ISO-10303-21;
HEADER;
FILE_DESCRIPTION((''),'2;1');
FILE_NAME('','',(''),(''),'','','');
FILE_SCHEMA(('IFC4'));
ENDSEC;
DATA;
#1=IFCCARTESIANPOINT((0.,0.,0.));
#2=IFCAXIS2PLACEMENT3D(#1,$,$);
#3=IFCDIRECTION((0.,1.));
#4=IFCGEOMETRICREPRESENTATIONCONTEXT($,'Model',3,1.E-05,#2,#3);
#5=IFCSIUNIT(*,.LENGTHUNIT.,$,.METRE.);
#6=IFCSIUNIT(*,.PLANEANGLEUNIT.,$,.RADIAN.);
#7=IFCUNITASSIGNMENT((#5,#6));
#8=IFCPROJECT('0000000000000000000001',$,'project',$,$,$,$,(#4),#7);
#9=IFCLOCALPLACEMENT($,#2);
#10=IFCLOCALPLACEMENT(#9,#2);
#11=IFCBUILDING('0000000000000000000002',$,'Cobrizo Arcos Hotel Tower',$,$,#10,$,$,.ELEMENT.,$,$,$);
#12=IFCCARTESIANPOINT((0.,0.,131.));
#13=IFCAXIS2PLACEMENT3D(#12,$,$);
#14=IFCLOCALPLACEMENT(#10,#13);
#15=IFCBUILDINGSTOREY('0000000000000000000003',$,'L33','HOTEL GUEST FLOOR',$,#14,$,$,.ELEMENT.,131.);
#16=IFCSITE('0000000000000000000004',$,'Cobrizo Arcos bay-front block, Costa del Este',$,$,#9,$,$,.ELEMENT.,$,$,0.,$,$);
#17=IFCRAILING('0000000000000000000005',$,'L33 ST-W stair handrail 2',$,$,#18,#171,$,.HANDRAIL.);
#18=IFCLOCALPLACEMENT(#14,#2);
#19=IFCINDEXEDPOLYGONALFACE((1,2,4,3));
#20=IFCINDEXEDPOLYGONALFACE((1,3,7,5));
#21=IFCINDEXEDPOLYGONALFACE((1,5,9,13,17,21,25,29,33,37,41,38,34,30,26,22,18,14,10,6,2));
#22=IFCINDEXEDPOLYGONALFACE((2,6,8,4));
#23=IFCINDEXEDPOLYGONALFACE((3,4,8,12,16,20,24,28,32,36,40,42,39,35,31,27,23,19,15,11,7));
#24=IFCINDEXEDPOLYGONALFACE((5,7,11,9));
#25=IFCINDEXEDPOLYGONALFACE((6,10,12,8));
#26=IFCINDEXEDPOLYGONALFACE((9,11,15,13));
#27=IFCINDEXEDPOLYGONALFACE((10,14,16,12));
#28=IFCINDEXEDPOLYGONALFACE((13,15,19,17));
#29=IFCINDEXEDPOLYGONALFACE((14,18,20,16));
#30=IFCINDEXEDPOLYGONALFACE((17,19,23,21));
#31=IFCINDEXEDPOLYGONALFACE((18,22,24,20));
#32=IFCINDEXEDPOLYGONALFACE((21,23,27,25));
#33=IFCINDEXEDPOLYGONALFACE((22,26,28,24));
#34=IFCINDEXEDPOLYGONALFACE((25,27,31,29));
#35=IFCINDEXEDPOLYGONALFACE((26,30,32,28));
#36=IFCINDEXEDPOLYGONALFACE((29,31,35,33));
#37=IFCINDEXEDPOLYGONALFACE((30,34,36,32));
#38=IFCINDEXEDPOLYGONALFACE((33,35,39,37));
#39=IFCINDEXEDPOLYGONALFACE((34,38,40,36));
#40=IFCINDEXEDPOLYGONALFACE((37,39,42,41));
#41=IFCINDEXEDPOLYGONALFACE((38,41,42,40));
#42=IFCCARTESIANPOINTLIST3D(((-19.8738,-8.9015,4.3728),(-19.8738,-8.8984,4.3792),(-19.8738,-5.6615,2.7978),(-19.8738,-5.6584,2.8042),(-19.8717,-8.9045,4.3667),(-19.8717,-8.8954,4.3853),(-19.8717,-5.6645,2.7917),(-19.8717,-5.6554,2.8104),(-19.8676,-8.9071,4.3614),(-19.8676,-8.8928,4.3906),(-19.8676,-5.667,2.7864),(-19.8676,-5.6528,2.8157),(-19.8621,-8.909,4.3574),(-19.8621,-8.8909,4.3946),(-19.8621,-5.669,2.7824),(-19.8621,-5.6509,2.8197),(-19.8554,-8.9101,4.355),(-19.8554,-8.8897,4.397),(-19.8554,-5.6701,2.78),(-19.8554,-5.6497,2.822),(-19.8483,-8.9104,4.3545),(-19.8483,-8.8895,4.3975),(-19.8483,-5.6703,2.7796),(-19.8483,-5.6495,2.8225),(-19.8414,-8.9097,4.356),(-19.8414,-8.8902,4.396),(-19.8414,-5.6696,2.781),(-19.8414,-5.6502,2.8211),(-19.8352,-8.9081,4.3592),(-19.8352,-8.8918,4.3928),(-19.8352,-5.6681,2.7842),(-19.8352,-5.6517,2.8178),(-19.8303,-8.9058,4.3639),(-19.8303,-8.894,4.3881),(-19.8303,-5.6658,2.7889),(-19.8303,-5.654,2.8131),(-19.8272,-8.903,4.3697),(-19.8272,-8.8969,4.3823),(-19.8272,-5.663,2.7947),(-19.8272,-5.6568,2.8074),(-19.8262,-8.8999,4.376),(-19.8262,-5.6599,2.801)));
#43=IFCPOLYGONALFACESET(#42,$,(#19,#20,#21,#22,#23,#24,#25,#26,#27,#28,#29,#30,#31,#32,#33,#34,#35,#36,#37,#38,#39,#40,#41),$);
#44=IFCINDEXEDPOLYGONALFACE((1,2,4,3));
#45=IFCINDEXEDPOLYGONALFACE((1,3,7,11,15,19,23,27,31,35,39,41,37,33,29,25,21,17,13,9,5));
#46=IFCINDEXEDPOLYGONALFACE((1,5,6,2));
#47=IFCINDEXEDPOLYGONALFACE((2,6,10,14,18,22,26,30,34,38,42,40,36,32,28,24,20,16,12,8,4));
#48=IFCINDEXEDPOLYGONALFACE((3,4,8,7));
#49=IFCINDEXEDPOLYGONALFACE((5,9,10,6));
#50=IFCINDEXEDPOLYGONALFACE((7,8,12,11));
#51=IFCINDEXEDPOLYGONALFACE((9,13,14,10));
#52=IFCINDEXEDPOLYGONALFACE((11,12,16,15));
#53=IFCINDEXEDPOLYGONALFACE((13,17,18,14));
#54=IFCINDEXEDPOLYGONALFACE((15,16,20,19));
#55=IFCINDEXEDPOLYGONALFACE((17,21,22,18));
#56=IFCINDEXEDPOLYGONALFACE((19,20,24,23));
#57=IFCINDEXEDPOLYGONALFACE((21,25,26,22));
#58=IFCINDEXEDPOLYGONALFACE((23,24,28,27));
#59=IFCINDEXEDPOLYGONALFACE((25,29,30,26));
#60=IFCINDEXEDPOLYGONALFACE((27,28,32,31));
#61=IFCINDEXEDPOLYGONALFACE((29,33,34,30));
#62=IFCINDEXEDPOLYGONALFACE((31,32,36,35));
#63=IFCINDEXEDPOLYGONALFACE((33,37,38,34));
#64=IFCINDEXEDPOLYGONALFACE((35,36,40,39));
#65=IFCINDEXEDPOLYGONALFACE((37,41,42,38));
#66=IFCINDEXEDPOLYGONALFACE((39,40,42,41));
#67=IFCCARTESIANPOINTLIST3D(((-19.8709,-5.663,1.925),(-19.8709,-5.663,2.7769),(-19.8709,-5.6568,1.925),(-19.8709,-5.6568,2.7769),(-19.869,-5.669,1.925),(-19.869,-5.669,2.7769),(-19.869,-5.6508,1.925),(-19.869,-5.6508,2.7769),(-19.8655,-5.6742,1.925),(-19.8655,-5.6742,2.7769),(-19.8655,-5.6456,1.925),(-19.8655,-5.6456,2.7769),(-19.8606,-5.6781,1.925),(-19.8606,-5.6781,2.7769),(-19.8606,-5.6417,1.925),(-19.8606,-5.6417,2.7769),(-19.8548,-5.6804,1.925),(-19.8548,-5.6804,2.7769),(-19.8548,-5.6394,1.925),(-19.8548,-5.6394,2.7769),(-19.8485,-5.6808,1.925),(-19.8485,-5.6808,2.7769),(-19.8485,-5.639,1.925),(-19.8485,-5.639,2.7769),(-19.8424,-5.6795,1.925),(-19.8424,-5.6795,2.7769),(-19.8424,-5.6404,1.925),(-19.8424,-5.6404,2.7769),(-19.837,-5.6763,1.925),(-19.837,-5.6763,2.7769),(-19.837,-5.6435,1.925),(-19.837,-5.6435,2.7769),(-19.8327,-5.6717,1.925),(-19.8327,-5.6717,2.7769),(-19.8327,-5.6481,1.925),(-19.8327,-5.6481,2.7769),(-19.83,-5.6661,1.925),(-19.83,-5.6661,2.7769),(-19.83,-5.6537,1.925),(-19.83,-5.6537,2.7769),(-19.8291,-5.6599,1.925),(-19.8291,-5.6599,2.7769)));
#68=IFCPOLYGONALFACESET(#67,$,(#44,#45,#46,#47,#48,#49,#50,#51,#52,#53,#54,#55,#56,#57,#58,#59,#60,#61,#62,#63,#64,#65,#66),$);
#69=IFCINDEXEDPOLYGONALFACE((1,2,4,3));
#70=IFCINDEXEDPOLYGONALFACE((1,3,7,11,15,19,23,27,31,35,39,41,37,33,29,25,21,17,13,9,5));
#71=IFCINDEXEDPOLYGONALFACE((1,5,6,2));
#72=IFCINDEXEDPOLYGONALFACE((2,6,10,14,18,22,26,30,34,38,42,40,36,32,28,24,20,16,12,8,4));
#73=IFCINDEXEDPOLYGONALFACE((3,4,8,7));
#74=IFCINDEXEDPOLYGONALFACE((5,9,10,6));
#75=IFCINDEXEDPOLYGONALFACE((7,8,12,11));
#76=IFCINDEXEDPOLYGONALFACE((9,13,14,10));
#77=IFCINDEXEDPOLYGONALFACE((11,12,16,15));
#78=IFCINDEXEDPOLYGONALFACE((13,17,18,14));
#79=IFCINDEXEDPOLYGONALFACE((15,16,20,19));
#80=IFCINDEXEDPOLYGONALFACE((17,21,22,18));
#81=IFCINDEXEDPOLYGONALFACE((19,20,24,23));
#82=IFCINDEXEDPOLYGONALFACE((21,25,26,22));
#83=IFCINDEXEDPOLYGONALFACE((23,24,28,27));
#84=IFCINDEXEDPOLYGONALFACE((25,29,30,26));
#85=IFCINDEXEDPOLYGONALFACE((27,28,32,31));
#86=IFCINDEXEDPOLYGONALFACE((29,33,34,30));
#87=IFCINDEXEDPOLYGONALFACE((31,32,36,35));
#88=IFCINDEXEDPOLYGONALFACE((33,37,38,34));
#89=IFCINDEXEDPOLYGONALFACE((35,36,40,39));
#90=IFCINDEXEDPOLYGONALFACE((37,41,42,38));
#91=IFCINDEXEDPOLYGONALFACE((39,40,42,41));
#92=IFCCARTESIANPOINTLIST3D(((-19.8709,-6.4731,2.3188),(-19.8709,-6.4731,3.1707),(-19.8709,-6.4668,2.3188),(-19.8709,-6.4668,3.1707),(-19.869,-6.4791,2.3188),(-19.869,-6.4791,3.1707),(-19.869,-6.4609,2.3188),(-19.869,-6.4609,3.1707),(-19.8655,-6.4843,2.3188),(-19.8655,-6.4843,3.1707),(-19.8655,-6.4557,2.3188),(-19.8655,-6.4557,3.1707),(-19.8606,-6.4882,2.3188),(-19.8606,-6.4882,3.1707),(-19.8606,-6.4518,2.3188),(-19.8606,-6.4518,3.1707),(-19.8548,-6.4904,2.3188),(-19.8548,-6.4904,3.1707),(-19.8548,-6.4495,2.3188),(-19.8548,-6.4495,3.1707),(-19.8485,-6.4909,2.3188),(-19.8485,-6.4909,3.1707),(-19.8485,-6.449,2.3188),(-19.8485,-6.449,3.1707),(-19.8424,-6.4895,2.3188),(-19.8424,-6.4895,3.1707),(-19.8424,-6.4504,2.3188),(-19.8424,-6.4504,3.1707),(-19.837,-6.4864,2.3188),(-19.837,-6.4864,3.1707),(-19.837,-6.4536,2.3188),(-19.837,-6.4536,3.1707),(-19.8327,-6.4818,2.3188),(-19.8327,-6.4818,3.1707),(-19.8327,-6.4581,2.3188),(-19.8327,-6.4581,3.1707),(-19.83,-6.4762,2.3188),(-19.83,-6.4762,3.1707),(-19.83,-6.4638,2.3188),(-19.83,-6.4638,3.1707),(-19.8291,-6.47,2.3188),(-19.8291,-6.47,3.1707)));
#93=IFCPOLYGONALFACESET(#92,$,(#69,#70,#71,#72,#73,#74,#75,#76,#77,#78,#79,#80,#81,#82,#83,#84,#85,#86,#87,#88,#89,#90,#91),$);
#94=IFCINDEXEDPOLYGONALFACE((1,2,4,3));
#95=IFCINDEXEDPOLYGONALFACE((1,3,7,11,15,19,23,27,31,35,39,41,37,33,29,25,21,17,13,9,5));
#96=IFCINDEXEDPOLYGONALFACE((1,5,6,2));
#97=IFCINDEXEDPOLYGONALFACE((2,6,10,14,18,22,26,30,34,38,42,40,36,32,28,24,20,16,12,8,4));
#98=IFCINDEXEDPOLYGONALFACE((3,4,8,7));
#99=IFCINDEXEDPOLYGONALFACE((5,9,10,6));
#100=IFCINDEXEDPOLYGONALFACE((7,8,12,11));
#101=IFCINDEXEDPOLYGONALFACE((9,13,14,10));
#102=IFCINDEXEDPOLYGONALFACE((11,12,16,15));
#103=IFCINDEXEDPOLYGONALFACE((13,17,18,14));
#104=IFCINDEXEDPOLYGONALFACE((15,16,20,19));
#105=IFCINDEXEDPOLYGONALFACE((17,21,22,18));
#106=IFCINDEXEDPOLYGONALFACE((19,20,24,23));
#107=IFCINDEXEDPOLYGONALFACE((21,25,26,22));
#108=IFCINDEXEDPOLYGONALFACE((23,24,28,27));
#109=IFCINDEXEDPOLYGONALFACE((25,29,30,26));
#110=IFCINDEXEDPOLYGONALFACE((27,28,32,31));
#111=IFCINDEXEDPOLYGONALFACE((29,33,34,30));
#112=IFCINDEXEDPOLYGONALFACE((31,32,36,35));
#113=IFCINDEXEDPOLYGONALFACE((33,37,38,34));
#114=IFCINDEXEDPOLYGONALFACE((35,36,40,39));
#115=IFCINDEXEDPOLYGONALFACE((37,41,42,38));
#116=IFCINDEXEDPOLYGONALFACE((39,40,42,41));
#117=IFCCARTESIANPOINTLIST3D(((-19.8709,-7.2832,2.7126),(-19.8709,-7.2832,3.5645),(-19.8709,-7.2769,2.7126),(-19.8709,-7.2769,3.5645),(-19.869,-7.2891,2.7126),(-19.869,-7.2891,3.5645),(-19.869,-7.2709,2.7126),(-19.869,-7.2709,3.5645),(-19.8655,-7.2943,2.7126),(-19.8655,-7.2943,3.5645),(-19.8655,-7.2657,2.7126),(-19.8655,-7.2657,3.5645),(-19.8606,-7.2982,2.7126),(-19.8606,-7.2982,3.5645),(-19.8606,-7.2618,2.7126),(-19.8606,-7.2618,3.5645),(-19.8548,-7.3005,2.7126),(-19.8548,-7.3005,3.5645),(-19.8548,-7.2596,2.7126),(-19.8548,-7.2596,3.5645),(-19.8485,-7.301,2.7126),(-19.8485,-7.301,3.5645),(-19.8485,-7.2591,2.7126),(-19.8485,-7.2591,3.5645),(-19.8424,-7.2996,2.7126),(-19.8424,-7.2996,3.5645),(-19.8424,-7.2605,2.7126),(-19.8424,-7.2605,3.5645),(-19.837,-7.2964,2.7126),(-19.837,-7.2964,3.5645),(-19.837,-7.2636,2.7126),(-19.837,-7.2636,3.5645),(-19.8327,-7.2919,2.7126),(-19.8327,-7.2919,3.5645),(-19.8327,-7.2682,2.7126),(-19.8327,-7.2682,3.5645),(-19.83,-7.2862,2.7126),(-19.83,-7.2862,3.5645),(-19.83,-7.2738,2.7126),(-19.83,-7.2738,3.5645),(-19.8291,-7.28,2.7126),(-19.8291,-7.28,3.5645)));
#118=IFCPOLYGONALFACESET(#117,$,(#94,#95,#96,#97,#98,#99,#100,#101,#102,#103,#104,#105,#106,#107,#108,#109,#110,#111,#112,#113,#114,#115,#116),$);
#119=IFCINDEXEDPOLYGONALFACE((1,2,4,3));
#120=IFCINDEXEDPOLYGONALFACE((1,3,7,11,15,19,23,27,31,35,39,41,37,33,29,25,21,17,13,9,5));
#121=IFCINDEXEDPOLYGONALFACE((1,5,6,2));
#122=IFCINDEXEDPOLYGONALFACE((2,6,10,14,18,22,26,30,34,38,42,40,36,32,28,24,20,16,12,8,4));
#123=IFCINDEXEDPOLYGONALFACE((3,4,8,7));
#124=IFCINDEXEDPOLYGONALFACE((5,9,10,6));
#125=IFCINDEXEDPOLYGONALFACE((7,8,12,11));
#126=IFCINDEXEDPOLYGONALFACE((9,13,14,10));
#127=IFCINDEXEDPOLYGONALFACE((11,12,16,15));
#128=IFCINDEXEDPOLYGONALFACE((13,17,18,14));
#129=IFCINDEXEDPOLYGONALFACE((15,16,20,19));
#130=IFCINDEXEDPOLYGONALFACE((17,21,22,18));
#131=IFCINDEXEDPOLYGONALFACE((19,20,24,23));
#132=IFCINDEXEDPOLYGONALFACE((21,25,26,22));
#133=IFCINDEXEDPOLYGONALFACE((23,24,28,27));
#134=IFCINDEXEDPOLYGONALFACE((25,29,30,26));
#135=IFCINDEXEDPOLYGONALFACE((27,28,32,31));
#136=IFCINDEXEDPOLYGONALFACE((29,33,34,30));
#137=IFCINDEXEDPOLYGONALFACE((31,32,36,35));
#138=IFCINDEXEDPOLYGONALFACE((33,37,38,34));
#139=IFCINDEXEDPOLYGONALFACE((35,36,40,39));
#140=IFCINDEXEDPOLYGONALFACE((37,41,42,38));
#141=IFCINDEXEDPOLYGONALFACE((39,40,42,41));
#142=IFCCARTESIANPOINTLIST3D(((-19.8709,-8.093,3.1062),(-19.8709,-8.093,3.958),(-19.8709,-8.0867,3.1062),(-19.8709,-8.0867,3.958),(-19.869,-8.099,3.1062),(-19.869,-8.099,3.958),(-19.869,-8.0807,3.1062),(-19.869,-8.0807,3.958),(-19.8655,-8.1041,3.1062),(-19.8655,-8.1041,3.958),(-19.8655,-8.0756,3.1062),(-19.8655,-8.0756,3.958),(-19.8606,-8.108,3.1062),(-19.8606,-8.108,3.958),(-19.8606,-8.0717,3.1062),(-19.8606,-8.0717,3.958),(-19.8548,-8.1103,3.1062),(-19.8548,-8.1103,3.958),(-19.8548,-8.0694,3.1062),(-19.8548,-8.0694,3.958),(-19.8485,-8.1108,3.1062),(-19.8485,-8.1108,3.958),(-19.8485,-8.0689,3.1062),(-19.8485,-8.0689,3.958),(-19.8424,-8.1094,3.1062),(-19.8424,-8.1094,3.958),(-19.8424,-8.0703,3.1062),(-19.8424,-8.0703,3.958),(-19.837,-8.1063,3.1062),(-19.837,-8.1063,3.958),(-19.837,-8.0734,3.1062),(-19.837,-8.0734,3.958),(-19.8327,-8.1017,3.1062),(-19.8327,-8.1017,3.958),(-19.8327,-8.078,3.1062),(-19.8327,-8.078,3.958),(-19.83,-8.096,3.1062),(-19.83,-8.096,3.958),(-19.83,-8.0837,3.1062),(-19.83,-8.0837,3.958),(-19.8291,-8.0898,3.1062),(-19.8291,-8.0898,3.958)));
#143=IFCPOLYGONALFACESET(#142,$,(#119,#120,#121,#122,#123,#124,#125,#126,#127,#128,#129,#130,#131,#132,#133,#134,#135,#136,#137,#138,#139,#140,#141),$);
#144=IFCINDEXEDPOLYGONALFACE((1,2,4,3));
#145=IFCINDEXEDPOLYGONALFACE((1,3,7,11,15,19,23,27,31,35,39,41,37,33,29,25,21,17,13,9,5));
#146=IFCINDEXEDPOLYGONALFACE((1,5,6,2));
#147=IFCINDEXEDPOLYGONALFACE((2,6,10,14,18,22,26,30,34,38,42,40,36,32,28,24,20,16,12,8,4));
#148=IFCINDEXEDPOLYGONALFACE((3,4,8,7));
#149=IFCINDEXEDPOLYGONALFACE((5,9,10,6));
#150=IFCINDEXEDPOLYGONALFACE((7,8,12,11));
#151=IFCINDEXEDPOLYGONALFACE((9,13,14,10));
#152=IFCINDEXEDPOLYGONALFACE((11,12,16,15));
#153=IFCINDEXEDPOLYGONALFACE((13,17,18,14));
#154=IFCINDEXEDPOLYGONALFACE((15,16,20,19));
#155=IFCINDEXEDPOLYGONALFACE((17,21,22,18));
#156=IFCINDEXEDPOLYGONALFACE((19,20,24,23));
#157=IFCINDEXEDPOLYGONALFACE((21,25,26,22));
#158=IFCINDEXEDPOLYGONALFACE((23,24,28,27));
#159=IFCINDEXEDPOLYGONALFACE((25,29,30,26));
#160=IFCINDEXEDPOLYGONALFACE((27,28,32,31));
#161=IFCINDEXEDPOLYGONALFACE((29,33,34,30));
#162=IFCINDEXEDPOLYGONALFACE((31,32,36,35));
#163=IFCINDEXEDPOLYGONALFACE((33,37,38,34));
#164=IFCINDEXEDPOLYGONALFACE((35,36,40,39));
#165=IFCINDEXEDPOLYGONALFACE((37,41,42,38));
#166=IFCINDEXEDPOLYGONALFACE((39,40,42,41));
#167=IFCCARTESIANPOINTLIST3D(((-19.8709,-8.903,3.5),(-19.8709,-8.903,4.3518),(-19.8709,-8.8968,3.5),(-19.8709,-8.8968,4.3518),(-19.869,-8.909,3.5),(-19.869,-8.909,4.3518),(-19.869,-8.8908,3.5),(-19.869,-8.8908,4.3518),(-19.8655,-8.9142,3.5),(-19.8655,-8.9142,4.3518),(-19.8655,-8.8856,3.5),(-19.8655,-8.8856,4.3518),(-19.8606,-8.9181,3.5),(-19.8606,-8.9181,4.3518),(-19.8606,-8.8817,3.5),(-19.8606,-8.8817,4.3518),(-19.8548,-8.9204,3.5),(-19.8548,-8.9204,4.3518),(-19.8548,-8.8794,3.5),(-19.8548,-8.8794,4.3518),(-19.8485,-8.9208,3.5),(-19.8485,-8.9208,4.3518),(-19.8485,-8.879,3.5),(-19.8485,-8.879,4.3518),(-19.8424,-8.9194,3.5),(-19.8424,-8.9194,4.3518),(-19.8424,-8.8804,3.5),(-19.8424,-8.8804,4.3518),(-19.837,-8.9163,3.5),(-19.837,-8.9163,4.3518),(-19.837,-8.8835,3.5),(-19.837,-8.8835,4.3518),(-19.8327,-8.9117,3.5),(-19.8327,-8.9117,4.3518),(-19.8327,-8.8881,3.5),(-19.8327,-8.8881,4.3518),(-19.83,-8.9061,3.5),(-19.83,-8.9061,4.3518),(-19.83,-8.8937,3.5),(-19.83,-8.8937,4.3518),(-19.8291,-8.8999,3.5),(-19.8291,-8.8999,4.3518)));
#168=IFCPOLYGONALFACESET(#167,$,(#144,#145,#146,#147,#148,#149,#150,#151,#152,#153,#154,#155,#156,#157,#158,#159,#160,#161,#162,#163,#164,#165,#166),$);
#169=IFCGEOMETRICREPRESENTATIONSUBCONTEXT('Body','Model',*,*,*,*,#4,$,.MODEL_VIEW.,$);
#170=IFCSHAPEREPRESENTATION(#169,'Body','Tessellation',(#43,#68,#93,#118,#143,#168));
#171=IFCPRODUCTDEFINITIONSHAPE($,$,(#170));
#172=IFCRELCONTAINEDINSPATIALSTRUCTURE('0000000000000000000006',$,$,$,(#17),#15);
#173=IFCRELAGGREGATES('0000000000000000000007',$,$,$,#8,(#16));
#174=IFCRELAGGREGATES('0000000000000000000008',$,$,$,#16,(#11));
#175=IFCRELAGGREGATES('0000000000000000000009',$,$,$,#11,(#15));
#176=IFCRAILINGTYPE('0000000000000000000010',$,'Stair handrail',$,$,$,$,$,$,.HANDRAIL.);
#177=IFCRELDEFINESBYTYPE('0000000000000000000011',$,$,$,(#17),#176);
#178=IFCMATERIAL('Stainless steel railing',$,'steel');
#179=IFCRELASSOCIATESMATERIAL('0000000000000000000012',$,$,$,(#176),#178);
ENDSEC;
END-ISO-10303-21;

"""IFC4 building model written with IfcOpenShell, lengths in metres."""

from ifc_helpers import new_model, si_unit, direction, frame, origin, origin_2d, place, context, subcontext, project, spatial, circle, extrude, material, type_object, element, save


model = new_model("IFC4")

# Units and contexts
model_context = context("Model", 3, precision=1e-05, world=origin(), true_north=direction((0.0, 1.0)))
body_context = subcontext(model_context, "Body", "Model", "MODEL_VIEW")
ifc_project = project(units=[si_unit("LENGTHUNIT", "METRE"), si_unit("PLANEANGLEUNIT", "RADIAN")], contexts=[model_context])

# Site, building, storey
site_placement = place(None, origin())
site = spatial("IfcSite", under=ifc_project, at=site_placement, Name="Cobrizo Arcos bay-front block, Costa del Este", CompositionType="ELEMENT", RefElevation=0.0)
building_placement = place(site_placement, origin())
building = spatial("IfcBuilding", under=site, at=building_placement, Name="Cobrizo Arcos Hotel Tower", CompositionType="ELEMENT")
storey_placement = place(building_placement, frame((0.0, 0.0, 131.0)))
storey = spatial("IfcBuildingStorey", under=building, at=storey_placement, Name="L33", Description="HOTEL GUEST FLOOR", CompositionType="ELEMENT", Elevation=131.0)

# Railing
ifc_material_1 = material(Name="Stainless steel railing", Category="steel")
railing_type_1 = type_object("IfcRailingType", Name="Stair handrail", PredefinedType="HANDRAIL", material=ifc_material_1)
railing_1_placement = place(storey_placement, frame((-19.8501, -5.6599, 1.925)))
element("IfcRailing", 1, at=railing_1_placement, inside=storey, type_object=railing_type_1, Name="L33 ST-W stair handrail 2", PredefinedType="HANDRAIL", context=body_context, shape_type="SweptSolid", body=[
    extrude(circle(Radius=0.0239, at=origin_2d()), frame((0.0, 0.0, 0.876), z_axis=(0.0, -0.899373, 0.437183), x_axis=(1.0, 0.0, 0.0)), (0.0, 0.0, 1.0), 3.6025),
    extrude(circle(Radius=0.021, at=origin_2d()), origin(), (0.0, 0.0, 1.0), 0.8518),
    extrude(circle(Radius=0.021, at=origin_2d()), frame((0.0, -0.8101, 0.3938)), (0.0, 0.0, 1.0), 0.8518),
    extrude(circle(Radius=0.021, at=origin_2d()), frame((0.0, -1.6201, 0.7876)), (0.0, 0.0, 1.0), 0.8518),
    extrude(circle(Radius=0.021, at=origin_2d()), frame((0.0, -2.4299, 1.1812)), (0.0, 0.0, 1.0), 0.8518),
    extrude(circle(Radius=0.021, at=origin_2d()), frame((0.0, -3.24, 1.575)), (0.0, 0.0, 1.0), 0.8518),
])

save(model, "model.ifc")
